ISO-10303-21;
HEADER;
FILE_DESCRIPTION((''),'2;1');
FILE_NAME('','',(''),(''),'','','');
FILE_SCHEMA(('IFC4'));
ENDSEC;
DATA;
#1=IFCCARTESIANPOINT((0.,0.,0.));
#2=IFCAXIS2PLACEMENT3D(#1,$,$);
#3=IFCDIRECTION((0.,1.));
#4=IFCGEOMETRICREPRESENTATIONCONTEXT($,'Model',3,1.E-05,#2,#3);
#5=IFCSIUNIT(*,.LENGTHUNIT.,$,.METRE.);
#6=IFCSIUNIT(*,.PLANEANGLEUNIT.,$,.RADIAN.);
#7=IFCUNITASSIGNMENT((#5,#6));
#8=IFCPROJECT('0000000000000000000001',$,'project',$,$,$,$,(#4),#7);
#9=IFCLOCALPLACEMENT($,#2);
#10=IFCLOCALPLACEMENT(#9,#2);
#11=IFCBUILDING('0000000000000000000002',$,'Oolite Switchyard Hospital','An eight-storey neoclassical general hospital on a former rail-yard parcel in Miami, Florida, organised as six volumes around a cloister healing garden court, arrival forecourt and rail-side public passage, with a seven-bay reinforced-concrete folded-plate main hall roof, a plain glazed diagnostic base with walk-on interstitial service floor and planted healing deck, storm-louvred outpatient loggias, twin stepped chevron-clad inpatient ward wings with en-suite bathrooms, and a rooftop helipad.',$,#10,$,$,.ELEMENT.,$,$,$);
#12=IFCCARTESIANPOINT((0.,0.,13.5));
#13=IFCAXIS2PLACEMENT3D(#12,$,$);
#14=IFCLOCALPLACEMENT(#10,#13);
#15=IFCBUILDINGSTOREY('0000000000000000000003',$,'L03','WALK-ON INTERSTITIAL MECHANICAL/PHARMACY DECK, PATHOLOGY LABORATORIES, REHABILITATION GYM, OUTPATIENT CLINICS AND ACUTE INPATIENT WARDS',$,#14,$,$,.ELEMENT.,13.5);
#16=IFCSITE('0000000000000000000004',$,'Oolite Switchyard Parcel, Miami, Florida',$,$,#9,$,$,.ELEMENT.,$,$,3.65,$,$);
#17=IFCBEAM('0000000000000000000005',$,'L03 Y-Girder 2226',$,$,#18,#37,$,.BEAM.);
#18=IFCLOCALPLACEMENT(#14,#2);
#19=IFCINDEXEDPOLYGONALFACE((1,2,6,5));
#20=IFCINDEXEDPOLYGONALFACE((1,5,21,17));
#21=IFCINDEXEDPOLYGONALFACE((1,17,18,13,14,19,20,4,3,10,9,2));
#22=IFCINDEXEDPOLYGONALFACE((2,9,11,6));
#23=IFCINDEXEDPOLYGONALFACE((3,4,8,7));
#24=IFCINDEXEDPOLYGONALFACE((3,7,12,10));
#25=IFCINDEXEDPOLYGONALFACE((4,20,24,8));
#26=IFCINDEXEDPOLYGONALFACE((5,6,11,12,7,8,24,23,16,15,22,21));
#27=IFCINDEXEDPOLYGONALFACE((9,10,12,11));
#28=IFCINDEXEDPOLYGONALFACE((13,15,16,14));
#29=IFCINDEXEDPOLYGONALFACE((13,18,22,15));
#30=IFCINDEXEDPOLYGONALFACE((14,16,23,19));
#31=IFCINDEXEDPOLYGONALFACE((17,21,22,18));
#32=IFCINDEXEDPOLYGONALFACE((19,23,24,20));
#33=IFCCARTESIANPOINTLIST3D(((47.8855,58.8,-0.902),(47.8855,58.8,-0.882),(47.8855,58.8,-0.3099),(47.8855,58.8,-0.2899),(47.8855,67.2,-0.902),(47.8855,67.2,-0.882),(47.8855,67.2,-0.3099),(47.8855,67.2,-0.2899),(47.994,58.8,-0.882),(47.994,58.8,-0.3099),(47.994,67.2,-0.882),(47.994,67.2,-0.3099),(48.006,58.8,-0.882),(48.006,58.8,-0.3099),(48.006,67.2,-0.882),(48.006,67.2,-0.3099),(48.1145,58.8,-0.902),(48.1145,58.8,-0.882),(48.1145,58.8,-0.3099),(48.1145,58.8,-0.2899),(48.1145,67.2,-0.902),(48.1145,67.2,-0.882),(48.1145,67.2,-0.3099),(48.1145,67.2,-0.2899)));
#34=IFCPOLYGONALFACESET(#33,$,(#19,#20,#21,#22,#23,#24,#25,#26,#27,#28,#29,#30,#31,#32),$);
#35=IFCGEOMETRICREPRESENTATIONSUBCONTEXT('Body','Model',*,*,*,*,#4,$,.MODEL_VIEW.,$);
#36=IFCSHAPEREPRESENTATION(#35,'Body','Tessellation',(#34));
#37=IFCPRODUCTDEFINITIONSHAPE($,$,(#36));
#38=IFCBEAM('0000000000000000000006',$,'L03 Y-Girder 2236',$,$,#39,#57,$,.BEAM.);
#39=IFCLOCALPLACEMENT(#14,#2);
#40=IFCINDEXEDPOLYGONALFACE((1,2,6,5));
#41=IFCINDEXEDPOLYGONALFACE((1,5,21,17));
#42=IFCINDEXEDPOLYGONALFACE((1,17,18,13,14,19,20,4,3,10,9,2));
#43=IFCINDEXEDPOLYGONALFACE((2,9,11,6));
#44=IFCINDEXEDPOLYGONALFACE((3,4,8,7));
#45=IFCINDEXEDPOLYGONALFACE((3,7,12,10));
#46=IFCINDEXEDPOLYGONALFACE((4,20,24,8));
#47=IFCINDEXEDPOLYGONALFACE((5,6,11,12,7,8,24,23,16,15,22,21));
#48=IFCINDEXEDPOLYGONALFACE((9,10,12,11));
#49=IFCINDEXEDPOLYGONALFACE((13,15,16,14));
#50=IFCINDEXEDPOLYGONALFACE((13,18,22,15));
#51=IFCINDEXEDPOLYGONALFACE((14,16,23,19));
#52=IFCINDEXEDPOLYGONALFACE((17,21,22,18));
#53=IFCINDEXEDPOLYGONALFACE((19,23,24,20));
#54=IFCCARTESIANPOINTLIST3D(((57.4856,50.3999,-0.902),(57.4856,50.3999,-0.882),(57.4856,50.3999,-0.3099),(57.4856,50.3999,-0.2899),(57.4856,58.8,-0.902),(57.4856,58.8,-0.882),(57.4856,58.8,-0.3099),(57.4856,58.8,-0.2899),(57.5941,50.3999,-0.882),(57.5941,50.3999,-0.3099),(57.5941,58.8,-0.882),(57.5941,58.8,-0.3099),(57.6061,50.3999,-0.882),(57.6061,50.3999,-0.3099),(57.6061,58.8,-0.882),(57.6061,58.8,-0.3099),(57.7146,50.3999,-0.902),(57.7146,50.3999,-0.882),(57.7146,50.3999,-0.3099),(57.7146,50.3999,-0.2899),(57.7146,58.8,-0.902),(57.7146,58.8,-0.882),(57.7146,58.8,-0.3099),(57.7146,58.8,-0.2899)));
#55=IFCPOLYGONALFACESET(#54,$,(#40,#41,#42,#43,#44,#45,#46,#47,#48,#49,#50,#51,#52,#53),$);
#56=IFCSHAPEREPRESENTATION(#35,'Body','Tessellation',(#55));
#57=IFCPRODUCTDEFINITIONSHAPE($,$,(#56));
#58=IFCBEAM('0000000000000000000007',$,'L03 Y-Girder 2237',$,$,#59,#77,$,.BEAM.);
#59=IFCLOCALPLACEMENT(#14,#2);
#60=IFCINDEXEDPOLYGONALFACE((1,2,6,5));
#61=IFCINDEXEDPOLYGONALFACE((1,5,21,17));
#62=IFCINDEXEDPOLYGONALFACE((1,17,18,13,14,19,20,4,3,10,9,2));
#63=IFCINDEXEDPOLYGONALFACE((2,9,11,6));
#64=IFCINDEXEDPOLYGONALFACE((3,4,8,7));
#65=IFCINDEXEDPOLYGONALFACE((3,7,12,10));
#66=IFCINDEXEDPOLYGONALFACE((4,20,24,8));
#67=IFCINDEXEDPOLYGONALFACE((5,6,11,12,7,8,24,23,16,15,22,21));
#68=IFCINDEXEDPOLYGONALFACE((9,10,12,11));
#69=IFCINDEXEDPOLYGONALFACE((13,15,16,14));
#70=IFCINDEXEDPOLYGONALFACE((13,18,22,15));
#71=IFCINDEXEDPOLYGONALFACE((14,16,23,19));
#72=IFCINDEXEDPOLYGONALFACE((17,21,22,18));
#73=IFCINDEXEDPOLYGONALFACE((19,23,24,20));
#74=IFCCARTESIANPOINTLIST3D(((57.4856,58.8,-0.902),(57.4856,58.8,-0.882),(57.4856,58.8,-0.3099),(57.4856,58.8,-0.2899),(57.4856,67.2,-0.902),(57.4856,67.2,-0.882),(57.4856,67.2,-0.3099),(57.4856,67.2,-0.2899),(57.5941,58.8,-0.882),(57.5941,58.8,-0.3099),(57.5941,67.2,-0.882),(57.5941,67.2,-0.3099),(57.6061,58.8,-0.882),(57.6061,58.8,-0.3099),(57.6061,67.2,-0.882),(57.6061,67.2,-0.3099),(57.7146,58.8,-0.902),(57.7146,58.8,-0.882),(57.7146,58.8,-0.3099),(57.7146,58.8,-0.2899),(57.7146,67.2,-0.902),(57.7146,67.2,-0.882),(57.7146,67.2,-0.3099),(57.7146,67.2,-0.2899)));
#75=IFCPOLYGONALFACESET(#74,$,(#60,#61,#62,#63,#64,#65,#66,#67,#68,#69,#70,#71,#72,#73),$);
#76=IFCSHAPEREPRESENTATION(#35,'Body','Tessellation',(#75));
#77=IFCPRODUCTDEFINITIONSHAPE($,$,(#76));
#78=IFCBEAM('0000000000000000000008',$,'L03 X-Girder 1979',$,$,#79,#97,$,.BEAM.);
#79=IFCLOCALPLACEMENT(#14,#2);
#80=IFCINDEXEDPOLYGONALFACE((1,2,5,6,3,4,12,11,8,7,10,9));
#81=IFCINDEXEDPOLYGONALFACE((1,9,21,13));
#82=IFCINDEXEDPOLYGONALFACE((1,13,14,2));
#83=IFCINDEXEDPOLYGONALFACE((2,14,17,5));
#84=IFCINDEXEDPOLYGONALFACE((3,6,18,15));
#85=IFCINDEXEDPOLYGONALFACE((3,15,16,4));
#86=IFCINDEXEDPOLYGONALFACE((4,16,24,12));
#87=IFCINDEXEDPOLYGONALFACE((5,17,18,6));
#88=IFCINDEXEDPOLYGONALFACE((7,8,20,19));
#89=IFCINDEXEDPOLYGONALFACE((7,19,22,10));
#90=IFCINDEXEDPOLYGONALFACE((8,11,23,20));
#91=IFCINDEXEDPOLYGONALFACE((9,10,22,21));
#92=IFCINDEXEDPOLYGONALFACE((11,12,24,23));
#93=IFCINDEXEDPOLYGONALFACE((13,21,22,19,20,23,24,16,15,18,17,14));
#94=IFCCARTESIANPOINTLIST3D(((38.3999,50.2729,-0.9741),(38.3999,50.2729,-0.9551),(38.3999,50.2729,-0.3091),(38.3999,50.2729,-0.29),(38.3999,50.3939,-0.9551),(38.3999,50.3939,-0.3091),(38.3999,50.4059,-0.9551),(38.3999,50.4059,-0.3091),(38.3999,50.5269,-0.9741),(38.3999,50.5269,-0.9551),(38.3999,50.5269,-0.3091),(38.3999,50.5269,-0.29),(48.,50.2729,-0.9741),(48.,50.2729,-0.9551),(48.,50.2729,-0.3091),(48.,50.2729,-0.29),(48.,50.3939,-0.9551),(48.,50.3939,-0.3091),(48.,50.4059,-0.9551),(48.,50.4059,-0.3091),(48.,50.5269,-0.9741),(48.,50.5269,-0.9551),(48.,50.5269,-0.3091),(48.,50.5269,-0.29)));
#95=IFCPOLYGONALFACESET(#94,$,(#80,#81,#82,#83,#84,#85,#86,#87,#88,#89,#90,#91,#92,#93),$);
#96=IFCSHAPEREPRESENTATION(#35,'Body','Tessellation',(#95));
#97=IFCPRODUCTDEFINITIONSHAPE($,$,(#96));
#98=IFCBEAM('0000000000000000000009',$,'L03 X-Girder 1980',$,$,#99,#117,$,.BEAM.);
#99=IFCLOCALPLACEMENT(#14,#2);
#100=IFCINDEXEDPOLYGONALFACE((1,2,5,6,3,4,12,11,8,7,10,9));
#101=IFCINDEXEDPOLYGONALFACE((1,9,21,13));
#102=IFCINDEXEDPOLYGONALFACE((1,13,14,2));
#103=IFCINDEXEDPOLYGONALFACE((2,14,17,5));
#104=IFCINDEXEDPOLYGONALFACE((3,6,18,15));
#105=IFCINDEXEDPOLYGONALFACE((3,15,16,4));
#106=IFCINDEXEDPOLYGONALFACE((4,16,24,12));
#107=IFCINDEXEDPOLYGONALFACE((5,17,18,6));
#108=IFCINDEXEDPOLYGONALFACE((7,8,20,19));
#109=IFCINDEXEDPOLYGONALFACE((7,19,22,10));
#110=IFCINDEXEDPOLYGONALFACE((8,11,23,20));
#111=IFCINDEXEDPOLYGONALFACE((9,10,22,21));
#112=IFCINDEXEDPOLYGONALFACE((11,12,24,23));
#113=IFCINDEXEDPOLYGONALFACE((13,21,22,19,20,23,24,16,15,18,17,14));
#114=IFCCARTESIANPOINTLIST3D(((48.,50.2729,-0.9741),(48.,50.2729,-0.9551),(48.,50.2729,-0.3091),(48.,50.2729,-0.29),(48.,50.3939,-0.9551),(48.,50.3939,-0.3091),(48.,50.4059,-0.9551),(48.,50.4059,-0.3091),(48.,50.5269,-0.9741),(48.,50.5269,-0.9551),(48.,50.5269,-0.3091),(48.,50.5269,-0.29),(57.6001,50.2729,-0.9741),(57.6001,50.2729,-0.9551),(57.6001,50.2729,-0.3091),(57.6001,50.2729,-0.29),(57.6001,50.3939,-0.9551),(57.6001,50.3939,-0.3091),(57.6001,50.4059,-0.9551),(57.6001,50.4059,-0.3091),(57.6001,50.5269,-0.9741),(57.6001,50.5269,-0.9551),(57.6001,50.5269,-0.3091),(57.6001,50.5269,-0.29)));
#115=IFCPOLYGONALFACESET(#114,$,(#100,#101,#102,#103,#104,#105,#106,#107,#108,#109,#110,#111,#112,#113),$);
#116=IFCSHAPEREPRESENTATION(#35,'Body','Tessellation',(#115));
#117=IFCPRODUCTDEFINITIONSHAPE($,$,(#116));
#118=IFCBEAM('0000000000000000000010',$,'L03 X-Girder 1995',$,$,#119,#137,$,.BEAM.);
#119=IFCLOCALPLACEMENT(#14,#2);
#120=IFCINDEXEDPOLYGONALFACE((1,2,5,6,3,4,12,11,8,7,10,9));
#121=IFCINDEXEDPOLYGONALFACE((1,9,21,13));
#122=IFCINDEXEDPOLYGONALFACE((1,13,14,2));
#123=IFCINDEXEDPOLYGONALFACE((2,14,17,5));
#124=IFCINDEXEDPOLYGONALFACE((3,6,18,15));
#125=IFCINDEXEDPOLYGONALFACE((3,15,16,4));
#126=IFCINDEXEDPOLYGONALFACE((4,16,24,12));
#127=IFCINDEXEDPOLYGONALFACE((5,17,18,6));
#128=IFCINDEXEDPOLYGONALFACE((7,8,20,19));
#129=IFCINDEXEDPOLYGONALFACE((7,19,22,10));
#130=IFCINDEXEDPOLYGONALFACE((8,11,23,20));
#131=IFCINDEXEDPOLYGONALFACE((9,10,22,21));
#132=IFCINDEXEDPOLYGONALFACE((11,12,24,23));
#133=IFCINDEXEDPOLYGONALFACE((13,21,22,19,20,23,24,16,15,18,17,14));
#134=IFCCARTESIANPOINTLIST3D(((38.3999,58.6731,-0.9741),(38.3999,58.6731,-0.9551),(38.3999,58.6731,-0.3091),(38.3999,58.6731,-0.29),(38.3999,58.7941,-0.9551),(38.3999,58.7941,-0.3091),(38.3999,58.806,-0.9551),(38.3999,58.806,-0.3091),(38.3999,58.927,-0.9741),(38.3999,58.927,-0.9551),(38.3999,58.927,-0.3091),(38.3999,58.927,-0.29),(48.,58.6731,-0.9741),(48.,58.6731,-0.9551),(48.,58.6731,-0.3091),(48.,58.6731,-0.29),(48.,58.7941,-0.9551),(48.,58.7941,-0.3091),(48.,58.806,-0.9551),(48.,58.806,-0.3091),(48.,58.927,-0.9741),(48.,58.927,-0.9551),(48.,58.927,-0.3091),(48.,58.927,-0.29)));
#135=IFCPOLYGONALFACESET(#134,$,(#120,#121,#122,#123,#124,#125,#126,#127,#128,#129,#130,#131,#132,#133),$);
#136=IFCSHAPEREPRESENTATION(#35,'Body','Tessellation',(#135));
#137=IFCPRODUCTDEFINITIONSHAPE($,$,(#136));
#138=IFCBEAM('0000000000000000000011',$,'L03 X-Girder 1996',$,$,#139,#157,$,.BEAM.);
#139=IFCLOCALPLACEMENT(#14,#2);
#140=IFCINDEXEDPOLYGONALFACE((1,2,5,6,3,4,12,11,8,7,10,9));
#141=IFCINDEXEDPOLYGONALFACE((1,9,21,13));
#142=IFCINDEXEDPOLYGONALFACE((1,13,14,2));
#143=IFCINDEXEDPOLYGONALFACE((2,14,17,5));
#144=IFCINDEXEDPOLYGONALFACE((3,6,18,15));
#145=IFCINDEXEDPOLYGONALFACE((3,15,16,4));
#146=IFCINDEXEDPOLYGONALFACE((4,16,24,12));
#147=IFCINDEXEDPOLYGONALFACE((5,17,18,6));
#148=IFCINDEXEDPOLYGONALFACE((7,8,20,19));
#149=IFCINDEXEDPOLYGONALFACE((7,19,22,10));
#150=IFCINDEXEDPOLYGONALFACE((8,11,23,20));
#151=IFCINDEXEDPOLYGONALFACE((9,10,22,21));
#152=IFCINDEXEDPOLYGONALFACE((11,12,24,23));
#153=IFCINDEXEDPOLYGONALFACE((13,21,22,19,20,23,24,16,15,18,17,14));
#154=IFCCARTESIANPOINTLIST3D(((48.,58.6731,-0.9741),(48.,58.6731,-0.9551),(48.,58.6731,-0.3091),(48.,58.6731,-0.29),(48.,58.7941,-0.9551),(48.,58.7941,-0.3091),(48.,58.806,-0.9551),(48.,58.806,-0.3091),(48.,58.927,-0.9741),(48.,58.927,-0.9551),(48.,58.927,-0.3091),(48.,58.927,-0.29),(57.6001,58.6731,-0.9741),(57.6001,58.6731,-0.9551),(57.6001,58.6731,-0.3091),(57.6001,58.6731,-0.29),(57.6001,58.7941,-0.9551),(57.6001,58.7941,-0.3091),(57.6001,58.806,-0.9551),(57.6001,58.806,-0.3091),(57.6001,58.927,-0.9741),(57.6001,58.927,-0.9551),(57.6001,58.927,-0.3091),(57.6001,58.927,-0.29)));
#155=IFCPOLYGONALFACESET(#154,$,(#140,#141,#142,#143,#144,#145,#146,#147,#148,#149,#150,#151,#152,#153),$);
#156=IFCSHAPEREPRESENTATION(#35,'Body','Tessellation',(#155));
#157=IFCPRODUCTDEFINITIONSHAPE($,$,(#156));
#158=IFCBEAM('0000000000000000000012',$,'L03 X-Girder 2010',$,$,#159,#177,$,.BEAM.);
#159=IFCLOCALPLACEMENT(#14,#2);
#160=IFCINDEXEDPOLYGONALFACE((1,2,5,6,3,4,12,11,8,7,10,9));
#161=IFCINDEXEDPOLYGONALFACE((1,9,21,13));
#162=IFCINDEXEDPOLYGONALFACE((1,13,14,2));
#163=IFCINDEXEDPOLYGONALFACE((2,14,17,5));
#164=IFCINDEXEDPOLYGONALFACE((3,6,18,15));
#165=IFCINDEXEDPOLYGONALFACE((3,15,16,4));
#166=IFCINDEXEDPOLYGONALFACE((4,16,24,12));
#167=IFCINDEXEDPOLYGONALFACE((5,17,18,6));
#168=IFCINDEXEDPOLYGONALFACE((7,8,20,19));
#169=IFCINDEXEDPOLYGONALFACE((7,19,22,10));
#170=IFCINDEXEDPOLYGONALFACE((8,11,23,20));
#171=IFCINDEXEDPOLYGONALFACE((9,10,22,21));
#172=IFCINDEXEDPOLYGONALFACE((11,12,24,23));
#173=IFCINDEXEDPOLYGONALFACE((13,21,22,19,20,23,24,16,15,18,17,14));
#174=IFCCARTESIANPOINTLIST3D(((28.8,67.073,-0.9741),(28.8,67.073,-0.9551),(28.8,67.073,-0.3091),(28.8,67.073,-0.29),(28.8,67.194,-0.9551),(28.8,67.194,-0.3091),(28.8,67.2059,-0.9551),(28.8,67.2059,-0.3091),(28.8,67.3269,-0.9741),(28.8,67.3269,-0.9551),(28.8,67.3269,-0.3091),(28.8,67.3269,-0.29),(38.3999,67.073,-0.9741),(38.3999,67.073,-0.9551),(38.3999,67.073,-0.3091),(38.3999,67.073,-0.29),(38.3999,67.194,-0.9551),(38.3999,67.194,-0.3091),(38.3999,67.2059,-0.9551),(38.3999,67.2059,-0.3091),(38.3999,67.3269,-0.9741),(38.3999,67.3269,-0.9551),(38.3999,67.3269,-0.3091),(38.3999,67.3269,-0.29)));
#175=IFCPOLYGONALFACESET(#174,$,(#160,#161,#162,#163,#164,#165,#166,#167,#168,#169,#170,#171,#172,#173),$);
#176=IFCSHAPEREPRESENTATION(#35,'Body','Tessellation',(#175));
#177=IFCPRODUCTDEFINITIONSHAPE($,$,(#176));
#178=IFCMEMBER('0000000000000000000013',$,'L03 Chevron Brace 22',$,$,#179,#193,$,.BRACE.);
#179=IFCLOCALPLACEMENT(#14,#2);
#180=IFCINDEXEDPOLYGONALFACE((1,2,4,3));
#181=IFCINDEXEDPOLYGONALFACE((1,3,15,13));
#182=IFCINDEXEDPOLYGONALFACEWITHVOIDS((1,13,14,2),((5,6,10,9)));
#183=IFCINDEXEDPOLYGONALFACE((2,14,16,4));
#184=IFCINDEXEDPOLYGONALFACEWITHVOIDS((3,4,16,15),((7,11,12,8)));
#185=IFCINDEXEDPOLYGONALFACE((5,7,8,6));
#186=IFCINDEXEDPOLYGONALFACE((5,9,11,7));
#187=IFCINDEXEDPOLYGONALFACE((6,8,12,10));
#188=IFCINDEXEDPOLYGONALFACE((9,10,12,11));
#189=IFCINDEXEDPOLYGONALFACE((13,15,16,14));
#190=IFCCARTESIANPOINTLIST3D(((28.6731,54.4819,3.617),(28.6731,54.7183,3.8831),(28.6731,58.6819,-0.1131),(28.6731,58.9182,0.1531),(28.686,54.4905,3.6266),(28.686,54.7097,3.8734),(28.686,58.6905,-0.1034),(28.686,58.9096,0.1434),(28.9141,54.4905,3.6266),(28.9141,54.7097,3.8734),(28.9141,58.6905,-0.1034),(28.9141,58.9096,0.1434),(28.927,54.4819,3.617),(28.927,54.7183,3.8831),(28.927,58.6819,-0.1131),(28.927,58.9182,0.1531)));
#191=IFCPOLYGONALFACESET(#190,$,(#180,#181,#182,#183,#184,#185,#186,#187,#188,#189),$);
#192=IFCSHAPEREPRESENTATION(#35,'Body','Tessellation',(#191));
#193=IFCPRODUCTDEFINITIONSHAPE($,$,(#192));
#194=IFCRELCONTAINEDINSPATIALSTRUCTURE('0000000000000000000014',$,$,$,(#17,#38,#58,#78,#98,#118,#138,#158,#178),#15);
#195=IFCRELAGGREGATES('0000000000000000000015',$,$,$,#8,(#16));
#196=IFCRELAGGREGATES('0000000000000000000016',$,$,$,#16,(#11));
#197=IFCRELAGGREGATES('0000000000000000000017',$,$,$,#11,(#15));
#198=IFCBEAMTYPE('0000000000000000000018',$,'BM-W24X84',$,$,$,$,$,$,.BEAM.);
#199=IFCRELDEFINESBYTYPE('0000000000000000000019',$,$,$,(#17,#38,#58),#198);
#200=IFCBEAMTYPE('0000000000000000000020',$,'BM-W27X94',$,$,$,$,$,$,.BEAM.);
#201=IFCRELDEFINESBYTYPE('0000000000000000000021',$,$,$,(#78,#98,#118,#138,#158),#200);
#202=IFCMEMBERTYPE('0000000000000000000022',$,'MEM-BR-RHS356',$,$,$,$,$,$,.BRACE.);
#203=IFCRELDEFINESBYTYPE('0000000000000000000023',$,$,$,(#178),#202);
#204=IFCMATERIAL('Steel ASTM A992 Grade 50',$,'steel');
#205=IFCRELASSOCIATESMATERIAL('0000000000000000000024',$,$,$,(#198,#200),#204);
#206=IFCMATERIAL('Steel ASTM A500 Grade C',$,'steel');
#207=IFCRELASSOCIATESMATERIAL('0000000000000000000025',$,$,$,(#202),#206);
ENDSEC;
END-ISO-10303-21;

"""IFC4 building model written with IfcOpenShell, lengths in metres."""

from ifc_helpers import new_model, si_unit, direction, frame, origin, origin_2d, place, context, subcontext, project, spatial, hollow_rectangle, i_section, extrude, material, material_profile, profile_set, type_object, element, save


model = new_model("IFC4")

# Units and contexts
model_context = context("Model", 3, precision=1e-05, world=origin(), true_north=direction((0.0, 1.0)))
body_context = subcontext(model_context, "Body", "Model", "MODEL_VIEW")
ifc_project = project(units=[si_unit("LENGTHUNIT", "METRE"), si_unit("PLANEANGLEUNIT", "RADIAN")], contexts=[model_context])

# Site, building, storey
site_placement = place(None, origin())
site = spatial("IfcSite", under=ifc_project, at=site_placement, Name="Oolite Switchyard Parcel, Miami, Florida", CompositionType="ELEMENT", RefElevation=3.65)
building_placement = place(site_placement, origin())
building = spatial("IfcBuilding", under=site, at=building_placement, Name="Oolite Switchyard Hospital", Description="An eight-storey neoclassical general hospital on a former rail-yard parcel in Miami, Florida, organised as six volumes around a cloister healing garden court, arrival forecourt and rail-side public passage, with a seven-bay reinforced-concrete folded-plate main hall roof, a plain glazed diagnostic base with walk-on interstitial service floor and planted healing deck, storm-louvred outpatient loggias, twin stepped chevron-clad inpatient ward wings with en-suite bathrooms, and a rooftop helipad.", CompositionType="ELEMENT")
storey_placement = place(building_placement, frame((0.0, 0.0, 13.5)))
storey = spatial("IfcBuildingStorey", under=building, at=storey_placement, Name="L03", Description="WALK-ON INTERSTITIAL MECHANICAL/PHARMACY DECK, PATHOLOGY LABORATORIES, REHABILITATION GYM, OUTPATIENT CLINICS AND ACUTE INPATIENT WARDS", CompositionType="ELEMENT", Elevation=13.5)

# Beams
ifc_material_1 = material(Name="Steel ASTM A992 Grade 50", Category="steel")
ifc_material_profile_1 = material_profile(ifc_material_1, i_section(OverallWidth=0.229, OverallDepth=0.6121, WebThickness=0.012, FlangeThickness=0.02, at=origin_2d()), Name="W24X84")
ifc_profile_set_1 = profile_set([ifc_material_profile_1], Name="Steel ASTM A992 Grade 50")
beam_type_1 = type_object("IfcBeamType", Name="BM-W24X84", PredefinedType="BEAM", material=ifc_profile_set_1)
beam_1_placement = place(storey_placement, frame((48.0, 58.8, -0.5959), z_axis=(0.0, 1.0, 0.0), x_axis=(-1.0, 0.0, 0.0)))
element("IfcBeam", 1, at=beam_1_placement, inside=storey, type_object=beam_type_1, Name="L03 Y-Girder 2226", PredefinedType="BEAM", context=body_context, shape_type="SweptSolid", body=[
    extrude(i_section(OverallWidth=0.229, OverallDepth=0.6121, WebThickness=0.012, FlangeThickness=0.02, at=origin_2d()), origin(), (0.0, 0.0, 1.0), 8.3999),
])
beam_2_placement = place(storey_placement, frame((57.6001, 50.3999, -0.5959), z_axis=(0.0, 1.0, 0.0), x_axis=(-1.0, 0.0, 0.0)))
element("IfcBeam", 2, at=beam_2_placement, inside=storey, type_object=beam_type_1, Name="L03 Y-Girder 2236", PredefinedType="BEAM", context=body_context, shape_type="SweptSolid", body=[
    extrude(i_section(OverallWidth=0.229, OverallDepth=0.6121, WebThickness=0.012, FlangeThickness=0.02, at=origin_2d()), origin(), (0.0, 0.0, 1.0), 8.4001),
])
beam_3_placement = place(storey_placement, frame((57.6001, 58.8, -0.5959), z_axis=(0.0, 1.0, 0.0), x_axis=(-1.0, 0.0, 0.0)))
element("IfcBeam", 3, at=beam_3_placement, inside=storey, type_object=beam_type_1, Name="L03 Y-Girder 2237", PredefinedType="BEAM", context=body_context, shape_type="SweptSolid", body=[
    extrude(i_section(OverallWidth=0.229, OverallDepth=0.6121, WebThickness=0.012, FlangeThickness=0.02, at=origin_2d()), origin(), (0.0, 0.0, 1.0), 8.3999),
])
ifc_material_profile_2 = material_profile(ifc_material_1, i_section(OverallWidth=0.2539, OverallDepth=0.6841, WebThickness=0.012, FlangeThickness=0.019, at=origin_2d()), Name="W27X94")
ifc_profile_set_2 = profile_set([ifc_material_profile_2], Name="Steel ASTM A992 Grade 50")
beam_type_2 = type_object("IfcBeamType", Name="BM-W27X94", PredefinedType="BEAM", material=ifc_profile_set_2)
for number, where, z_axis, x_axis, name in (
    (4, (38.3999, 50.3999, -0.6321), (1.0, 0.0, 0.0), (0.0, 1.0, 0.0), "L03 X-Girder 1979"),
    (5, (48.0, 50.3999, -0.6321), (1.0, 0.0, 0.0), (0.0, 1.0, 0.0), "L03 X-Girder 1980"),
    (6, (38.3999, 58.8, -0.6321), (1.0, 0.0, 0.0), (0.0, 1.0, 0.0), "L03 X-Girder 1995"),
    (7, (48.0, 58.8, -0.6321), (1.0, 0.0, 0.0), (0.0, 1.0, 0.0), "L03 X-Girder 1996"),
):
    element("IfcBeam", number, at=place(storey_placement, frame(where, z_axis=z_axis, x_axis=x_axis)), inside=storey, type_object=beam_type_2, Name=name, PredefinedType="BEAM", context=body_context, shape_type="SweptSolid", body=[
        extrude(i_section(OverallWidth=0.2539, OverallDepth=0.6841, WebThickness=0.012, FlangeThickness=0.019, at=origin_2d()), origin(), (0.0, 0.0, 1.0), 9.6001),
    ])
beam_4_placement = place(storey_placement, frame((28.8, 67.2, -0.6321), z_axis=(1.0, 0.0, 0.0), x_axis=(0.0, 1.0, 0.0)))
element("IfcBeam", 8, at=beam_4_placement, inside=storey, type_object=beam_type_2, Name="L03 X-Girder 2010", PredefinedType="BEAM", context=body_context, shape_type="SweptSolid", body=[
    extrude(i_section(OverallWidth=0.2539, OverallDepth=0.6841, WebThickness=0.012, FlangeThickness=0.019, at=origin_2d()), origin(), (0.0, 0.0, 1.0), 9.5999),
])

# Member
ifc_material_2 = material(Name="Steel ASTM A500 Grade C", Category="steel")
ifc_material_profile_3 = material_profile(ifc_material_2, hollow_rectangle(XDim=0.2539, YDim=0.356, WallThickness=0.0129, at=origin_2d()), Name="HSS356X254X13")
ifc_profile_set_3 = profile_set([ifc_material_profile_3], Name="Steel ASTM A500 Grade C")
member_type = type_object("IfcMemberType", Name="MEM-BR-RHS356", PredefinedType="BRACE", material=ifc_profile_set_3)
member_placement = place(storey_placement, frame((28.8, 58.8, 0.02), z_axis=(0.0, -0.747702, 0.664035), x_axis=(1.0, 0.0, 0.0)))
element("IfcMember", 9, at=member_placement, inside=storey, type_object=member_type, Name="L03 Chevron Brace 22", PredefinedType="BRACE", context=body_context, shape_type="SweptSolid", body=[
    extrude(hollow_rectangle(XDim=0.2539, YDim=0.356, WallThickness=0.0129, at=origin_2d()), origin(), (0.0, 0.0, 1.0), 5.6172),
])

save(model, "model.ifc")
